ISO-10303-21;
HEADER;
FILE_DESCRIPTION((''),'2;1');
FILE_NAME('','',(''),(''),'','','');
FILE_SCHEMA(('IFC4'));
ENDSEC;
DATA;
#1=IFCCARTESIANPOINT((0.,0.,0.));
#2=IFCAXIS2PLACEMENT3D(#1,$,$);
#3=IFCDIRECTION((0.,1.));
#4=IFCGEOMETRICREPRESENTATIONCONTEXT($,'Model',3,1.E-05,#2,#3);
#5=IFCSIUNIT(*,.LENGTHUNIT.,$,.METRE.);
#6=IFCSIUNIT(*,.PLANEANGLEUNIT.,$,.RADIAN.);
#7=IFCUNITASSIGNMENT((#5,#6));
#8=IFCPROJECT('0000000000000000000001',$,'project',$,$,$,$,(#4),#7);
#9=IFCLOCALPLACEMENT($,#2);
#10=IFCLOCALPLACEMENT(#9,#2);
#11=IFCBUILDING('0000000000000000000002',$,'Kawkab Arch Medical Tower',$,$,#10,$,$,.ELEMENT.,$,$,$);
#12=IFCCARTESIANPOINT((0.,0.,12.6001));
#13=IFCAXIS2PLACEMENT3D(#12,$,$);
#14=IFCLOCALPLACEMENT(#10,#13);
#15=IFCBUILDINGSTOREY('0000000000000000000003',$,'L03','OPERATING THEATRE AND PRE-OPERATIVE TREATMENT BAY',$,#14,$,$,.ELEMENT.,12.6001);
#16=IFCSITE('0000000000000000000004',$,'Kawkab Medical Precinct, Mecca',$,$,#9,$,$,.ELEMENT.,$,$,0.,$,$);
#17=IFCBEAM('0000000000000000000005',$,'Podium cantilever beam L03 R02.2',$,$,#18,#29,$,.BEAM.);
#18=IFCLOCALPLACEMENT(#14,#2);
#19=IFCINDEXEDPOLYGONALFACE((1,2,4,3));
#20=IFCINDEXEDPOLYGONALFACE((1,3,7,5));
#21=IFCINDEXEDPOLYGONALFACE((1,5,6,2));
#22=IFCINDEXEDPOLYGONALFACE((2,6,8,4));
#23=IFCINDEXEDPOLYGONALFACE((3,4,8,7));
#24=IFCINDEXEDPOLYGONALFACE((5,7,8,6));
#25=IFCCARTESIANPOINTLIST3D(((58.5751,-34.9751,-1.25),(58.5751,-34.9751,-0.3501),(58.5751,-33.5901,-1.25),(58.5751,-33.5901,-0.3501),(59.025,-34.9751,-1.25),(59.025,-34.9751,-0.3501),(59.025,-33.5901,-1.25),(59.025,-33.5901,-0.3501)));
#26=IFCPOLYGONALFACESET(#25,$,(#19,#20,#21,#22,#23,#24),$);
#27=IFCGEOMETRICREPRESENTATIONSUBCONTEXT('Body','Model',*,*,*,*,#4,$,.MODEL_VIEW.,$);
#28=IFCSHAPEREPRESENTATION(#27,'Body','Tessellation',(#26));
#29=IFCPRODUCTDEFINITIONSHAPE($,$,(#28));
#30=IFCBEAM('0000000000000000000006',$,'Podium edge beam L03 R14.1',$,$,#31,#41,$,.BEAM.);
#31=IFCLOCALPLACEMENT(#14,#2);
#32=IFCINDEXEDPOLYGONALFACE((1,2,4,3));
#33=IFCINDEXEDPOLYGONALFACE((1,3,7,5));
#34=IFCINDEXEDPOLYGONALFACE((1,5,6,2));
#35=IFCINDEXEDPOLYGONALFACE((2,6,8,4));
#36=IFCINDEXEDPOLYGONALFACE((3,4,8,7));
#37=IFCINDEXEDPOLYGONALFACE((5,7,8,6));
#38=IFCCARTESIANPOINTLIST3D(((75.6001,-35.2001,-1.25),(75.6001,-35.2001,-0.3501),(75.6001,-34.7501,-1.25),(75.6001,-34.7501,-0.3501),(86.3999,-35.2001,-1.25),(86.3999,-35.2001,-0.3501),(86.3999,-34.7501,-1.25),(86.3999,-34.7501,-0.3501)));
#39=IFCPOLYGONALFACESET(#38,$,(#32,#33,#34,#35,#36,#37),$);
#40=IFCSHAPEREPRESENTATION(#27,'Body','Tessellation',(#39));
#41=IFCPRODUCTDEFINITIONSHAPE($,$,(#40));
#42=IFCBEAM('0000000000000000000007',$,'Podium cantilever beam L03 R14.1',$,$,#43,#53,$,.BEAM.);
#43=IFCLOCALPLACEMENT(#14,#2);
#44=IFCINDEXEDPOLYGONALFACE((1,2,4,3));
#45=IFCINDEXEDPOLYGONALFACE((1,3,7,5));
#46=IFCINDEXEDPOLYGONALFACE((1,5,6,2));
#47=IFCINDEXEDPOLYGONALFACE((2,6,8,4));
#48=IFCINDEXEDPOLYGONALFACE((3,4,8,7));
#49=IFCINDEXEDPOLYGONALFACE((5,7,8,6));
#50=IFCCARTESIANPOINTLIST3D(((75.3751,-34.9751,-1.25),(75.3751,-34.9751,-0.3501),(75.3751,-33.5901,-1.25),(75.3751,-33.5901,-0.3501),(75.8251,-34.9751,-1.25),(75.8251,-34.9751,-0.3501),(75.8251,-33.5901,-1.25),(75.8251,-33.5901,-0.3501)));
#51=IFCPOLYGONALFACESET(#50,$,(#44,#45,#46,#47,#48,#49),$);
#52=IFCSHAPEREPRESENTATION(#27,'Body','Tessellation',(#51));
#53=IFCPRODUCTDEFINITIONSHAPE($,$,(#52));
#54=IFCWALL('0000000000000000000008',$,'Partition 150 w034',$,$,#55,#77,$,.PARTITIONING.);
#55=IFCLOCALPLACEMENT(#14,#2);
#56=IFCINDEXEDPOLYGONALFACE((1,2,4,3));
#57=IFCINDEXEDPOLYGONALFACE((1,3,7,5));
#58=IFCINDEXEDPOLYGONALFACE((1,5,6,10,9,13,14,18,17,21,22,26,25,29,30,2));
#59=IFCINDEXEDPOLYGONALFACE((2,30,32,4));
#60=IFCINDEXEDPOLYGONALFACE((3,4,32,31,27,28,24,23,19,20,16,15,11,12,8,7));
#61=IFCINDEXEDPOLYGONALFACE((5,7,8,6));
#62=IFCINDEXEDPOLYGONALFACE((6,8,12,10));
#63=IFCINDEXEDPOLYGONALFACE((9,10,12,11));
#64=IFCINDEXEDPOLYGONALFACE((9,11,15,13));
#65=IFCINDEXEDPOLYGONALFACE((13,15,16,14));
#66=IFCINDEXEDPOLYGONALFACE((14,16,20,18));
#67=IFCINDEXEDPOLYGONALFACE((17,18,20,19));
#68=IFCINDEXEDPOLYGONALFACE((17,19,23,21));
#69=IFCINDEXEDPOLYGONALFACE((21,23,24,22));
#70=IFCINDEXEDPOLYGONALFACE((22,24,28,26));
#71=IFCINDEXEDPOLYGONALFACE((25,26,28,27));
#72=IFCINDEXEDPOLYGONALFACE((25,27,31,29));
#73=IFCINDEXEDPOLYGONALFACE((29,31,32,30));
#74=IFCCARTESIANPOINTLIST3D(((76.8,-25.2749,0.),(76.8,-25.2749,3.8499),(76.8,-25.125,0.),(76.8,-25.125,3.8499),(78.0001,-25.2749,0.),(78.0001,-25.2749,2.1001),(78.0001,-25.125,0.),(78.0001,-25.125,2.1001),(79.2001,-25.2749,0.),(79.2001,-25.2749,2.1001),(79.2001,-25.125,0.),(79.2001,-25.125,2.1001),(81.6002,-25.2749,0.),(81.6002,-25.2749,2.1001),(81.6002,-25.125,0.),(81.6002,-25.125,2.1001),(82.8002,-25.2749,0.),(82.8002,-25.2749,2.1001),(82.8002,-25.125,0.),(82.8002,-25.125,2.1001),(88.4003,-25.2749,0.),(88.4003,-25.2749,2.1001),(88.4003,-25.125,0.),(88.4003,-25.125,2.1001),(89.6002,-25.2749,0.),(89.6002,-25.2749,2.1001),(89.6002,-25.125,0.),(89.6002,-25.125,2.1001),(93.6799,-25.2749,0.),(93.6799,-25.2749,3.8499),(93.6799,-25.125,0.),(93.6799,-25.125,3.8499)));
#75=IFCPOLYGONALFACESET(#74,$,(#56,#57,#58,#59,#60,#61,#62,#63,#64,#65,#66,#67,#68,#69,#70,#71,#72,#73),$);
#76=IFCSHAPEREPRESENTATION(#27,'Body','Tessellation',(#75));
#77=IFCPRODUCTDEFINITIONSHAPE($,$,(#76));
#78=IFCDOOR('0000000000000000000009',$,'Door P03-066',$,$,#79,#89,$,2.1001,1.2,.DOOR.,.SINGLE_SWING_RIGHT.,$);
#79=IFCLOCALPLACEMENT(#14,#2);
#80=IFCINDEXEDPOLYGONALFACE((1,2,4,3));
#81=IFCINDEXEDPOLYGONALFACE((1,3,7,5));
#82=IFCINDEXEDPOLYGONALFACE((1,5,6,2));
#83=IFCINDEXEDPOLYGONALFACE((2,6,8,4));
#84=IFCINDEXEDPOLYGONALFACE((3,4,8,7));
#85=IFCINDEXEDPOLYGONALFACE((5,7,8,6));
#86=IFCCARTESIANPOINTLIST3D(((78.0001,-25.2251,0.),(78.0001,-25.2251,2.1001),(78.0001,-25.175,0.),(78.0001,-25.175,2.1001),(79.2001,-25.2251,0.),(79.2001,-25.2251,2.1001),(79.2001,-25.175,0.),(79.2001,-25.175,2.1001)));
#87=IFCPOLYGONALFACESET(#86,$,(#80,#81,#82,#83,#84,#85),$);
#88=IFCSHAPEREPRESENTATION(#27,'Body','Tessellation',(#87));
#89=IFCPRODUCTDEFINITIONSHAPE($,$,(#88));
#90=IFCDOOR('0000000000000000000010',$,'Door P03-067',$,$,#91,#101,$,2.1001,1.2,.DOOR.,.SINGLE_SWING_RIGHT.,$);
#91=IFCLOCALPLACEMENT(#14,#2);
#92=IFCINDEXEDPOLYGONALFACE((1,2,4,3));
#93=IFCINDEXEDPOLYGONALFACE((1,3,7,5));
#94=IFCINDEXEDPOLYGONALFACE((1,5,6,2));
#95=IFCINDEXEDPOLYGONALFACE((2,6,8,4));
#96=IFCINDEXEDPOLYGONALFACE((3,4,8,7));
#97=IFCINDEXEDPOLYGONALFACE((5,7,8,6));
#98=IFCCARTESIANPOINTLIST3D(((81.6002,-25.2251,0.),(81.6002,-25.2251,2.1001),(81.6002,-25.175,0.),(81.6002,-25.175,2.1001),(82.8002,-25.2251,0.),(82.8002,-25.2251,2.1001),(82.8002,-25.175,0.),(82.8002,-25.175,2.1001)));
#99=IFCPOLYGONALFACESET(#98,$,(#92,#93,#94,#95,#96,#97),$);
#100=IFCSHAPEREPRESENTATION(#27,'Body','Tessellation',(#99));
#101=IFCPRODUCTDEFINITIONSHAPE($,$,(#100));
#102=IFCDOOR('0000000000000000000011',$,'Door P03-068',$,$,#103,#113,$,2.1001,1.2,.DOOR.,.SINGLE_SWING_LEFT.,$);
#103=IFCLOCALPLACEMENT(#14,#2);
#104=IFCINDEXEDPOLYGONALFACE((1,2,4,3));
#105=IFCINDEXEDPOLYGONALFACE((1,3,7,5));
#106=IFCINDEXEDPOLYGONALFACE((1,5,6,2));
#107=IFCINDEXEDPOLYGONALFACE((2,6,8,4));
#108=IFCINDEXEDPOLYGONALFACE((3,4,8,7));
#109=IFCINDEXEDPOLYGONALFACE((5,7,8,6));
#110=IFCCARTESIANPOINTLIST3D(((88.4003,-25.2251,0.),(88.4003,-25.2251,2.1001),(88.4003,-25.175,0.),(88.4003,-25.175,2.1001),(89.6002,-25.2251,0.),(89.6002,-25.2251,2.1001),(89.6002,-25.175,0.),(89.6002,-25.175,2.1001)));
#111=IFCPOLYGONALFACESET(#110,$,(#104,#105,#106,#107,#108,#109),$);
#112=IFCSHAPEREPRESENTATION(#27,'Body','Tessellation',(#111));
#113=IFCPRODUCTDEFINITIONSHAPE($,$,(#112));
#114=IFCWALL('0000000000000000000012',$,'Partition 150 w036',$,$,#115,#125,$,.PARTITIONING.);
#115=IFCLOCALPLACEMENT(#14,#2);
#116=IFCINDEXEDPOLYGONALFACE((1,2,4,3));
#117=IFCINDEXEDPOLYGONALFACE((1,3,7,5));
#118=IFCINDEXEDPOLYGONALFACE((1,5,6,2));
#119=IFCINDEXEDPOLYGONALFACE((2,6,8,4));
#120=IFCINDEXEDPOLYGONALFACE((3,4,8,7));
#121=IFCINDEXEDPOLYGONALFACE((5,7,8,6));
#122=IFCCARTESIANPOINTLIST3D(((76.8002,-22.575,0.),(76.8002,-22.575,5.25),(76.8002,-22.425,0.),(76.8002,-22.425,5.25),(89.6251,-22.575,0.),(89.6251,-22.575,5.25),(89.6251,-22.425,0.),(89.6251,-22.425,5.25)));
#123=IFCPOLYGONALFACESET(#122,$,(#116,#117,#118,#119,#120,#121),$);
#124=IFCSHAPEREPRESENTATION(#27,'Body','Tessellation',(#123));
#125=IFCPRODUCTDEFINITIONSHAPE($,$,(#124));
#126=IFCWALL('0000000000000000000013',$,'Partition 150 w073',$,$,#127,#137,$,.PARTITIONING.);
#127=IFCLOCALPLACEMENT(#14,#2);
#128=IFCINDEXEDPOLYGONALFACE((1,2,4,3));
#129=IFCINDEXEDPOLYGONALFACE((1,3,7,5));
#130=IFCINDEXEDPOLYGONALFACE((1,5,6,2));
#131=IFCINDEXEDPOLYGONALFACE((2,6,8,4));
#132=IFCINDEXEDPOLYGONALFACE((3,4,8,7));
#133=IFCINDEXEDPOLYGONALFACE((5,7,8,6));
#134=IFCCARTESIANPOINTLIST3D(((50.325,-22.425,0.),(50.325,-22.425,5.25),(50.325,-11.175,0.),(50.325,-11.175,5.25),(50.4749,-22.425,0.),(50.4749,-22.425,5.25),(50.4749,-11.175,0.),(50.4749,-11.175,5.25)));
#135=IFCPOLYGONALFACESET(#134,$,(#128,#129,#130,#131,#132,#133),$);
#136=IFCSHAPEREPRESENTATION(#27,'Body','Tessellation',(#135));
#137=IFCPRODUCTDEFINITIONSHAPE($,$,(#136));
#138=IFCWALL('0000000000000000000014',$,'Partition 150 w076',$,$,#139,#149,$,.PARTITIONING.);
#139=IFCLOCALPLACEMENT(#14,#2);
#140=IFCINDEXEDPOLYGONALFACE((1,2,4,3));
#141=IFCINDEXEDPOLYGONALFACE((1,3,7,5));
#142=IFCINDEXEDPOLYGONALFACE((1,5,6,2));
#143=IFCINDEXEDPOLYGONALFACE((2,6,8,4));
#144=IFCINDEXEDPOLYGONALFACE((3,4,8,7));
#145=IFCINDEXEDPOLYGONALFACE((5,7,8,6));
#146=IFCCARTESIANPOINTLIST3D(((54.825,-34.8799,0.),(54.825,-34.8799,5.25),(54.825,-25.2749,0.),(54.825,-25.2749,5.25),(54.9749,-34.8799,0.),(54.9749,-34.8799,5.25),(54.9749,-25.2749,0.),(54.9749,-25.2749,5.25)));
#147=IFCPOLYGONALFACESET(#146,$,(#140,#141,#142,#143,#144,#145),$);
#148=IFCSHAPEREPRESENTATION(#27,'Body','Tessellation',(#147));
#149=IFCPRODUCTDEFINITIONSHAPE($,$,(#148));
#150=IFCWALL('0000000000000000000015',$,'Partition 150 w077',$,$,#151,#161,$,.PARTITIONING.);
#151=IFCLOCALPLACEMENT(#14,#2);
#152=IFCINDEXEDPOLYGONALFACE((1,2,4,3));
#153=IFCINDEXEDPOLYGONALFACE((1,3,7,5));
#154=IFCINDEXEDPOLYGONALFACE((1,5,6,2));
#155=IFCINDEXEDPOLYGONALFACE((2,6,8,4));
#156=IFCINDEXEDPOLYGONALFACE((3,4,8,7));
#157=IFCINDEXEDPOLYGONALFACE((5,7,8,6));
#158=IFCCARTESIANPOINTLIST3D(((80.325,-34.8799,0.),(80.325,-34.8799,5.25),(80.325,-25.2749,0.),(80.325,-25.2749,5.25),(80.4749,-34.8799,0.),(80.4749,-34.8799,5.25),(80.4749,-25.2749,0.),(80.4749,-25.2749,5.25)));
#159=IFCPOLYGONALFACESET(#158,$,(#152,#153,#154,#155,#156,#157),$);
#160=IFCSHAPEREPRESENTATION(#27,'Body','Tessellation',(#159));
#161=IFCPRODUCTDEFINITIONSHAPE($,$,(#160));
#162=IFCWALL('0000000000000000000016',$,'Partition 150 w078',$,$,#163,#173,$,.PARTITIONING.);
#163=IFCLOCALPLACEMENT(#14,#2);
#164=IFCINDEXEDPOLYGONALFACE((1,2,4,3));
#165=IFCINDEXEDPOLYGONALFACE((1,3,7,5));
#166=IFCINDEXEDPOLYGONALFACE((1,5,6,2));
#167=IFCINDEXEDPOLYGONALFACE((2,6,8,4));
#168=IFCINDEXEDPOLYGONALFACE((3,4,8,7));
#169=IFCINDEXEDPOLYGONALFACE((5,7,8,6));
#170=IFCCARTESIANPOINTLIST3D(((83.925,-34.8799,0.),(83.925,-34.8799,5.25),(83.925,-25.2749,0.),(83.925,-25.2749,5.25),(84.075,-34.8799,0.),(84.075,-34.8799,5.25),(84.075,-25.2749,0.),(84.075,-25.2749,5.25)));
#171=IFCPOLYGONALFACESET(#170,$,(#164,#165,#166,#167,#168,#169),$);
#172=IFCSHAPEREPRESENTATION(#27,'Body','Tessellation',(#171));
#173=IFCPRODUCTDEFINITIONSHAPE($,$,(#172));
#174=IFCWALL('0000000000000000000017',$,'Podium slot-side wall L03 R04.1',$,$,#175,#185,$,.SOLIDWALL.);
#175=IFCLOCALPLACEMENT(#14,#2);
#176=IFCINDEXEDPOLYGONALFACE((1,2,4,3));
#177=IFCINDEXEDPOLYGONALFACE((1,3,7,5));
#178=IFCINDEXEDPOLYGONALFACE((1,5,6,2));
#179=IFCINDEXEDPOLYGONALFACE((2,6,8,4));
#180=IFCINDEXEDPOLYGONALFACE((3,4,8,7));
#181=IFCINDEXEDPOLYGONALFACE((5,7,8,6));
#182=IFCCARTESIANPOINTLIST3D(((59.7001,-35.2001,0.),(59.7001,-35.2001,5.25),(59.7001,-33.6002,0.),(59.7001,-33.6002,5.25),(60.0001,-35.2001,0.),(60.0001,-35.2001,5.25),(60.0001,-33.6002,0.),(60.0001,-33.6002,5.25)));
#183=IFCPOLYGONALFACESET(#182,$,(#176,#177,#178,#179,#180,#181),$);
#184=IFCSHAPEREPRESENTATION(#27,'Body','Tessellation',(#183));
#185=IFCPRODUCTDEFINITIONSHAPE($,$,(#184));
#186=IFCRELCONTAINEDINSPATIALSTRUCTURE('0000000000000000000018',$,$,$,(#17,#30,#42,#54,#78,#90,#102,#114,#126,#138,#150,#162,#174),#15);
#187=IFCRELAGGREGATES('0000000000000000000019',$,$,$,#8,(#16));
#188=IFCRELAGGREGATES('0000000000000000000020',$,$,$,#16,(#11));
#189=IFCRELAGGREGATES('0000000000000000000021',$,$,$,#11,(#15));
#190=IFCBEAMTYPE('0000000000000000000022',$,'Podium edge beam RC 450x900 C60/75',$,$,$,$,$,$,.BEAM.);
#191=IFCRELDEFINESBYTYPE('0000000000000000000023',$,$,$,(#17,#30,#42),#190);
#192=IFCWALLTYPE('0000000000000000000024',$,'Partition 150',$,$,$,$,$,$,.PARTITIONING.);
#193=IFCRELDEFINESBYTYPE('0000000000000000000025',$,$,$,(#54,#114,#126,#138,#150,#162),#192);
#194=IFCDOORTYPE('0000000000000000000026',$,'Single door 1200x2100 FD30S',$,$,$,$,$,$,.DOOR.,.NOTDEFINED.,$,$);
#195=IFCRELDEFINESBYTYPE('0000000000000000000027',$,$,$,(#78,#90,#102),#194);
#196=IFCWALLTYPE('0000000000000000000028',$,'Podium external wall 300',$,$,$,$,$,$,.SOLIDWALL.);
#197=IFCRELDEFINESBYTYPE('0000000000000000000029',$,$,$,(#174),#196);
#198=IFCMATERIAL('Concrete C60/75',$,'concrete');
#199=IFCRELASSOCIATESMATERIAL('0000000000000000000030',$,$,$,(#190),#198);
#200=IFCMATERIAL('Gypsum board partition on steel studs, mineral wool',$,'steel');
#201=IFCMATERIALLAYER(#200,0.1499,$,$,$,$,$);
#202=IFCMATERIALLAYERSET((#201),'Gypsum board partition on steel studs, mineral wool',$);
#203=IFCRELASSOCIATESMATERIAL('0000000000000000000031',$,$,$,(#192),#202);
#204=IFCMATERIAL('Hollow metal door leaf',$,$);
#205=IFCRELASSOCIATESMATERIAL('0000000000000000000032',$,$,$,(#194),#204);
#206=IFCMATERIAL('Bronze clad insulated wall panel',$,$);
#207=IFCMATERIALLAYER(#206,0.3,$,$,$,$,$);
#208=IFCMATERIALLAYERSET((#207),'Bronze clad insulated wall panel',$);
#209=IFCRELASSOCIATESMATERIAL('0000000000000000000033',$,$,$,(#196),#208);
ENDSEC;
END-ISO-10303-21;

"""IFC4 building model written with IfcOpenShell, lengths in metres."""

from ifc_helpers import new_model, si_unit, direction, frame, frame_2d, origin, origin_2d, place, context, subcontext, project, spatial, rectangle, extrude, material, layer, layer_set, material_profile, profile_set, type_object, element, fill, save


model = new_model("IFC4")

# Units and contexts
model_context = context("Model", 3, precision=1e-05, world=origin(), true_north=direction((0.0, 1.0)))
body_context = subcontext(model_context, "Body", "Model", "MODEL_VIEW")
ifc_project = project(units=[si_unit("LENGTHUNIT", "METRE"), si_unit("PLANEANGLEUNIT", "RADIAN")], contexts=[model_context])

# Site, building, storey
site_placement = place(None, origin())
site = spatial("IfcSite", under=ifc_project, at=site_placement, Name="Kawkab Medical Precinct, Mecca", CompositionType="ELEMENT", RefElevation=0.0)
building_placement = place(site_placement, origin())
building = spatial("IfcBuilding", under=site, at=building_placement, Name="Kawkab Arch Medical Tower", CompositionType="ELEMENT")
storey_placement = place(building_placement, frame((0.0, 0.0, 12.6001)))
storey = spatial("IfcBuildingStorey", under=building, at=storey_placement, Name="L03", Description="OPERATING THEATRE AND PRE-OPERATIVE TREATMENT BAY", CompositionType="ELEMENT", Elevation=12.6001)

# Beams
ifc_material_1 = material(Name="Concrete C60/75", Category="concrete")
ifc_material_profile = material_profile(ifc_material_1, rectangle(XDim=0.45, YDim=0.8999, at=origin_2d()), Name="RC 450x900")
ifc_profile_set = profile_set([ifc_material_profile], Name="Concrete C60/75")
beam_type = type_object("IfcBeamType", Name="Podium edge beam RC 450x900 C60/75", PredefinedType="BEAM", material=ifc_profile_set)
beam_1_placement = place(storey_placement, frame((58.8, -33.5901, -0.8), z_axis=(0.0, -1.0, 0.0), x_axis=(1.0, 0.0, 0.0)))
element("IfcBeam", 1, at=beam_1_placement, inside=storey, type_object=beam_type, Name="Podium cantilever beam L03 R02.2", PredefinedType="BEAM", context=body_context, shape_type="SweptSolid", body=[
    extrude(rectangle(XDim=0.45, YDim=0.8999, at=origin_2d()), origin(), (0.0, 0.0, 1.0), 1.385),
])
beam_2_placement = place(storey_placement, frame((75.6001, -34.9751, -0.8), z_axis=(1.0, 0.0, 0.0), x_axis=(0.0, 1.0, 0.0)))
element("IfcBeam", 2, at=beam_2_placement, inside=storey, type_object=beam_type, Name="Podium edge beam L03 R14.1", PredefinedType="BEAM", context=body_context, shape_type="SweptSolid", body=[
    extrude(rectangle(XDim=0.45, YDim=0.8999, at=origin_2d()), origin(), (0.0, 0.0, 1.0), 10.7998),
])
beam_3_placement = place(storey_placement, frame((75.6001, -33.5901, -0.8), z_axis=(0.0, -1.0, 0.0), x_axis=(1.0, 0.0, 0.0)))
element("IfcBeam", 3, at=beam_3_placement, inside=storey, type_object=beam_type, Name="Podium cantilever beam L03 R14.1", PredefinedType="BEAM", context=body_context, shape_type="SweptSolid", body=[
    extrude(rectangle(XDim=0.45, YDim=0.8999, at=origin_2d()), origin(), (0.0, 0.0, 1.0), 1.385),
])

# Wall, openings, doors
ifc_material_2 = material(Name="Gypsum board partition on steel studs, mineral wool", Category="steel")
ifc_layer_1 = layer(ifc_material_2, 0.1499)
ifc_layer_set_1 = layer_set([ifc_layer_1], Name="Gypsum board partition on steel studs, mineral wool")
wall_type_1 = type_object("IfcWallType", Name="Partition 150", PredefinedType="PARTITIONING", material=ifc_layer_set_1)
wall_1_placement = place(storey_placement, frame((76.8, -25.2, 0.0), z_axis=(0.0, 0.0, 1.0), x_axis=(1.0, 0.0, 0.0)))
wall_1 = element("IfcWall", 4, at=wall_1_placement, inside=storey, type_object=wall_type_1, Name="Partition 150 w034", PredefinedType="PARTITIONING", context=body_context, shape_type="SweptSolid", body=[
    extrude(rectangle(XDim=16.8799, YDim=0.1499, at=frame_2d((8.4399, 0.0))), origin(), (0.0, 0.0, 1.0), 3.8499),
])
opening_1_placement = place(wall_1_placement, frame((1.2, 0.0, 0.0)))
opening_1 = element("IfcOpeningElement", 5, at=opening_1_placement, cuts=wall_1, PredefinedType="OPENING", context=body_context, shape_type="SweptSolid", body=[
    extrude(rectangle(XDim=1.2, YDim=2.1001, at=frame_2d((0.6001, 1.05))), frame((0.0, 0.085, 0.0), z_axis=(0.0, -1.0, 0.0), x_axis=(1.0, 0.0, 0.0)), (0.0, 0.0, 1.0), 0.1699),
])
opening_2_placement = place(wall_1_placement, frame((4.8, 0.0, 0.0)))
opening_2 = element("IfcOpeningElement", 6, at=opening_2_placement, cuts=wall_1, PredefinedType="OPENING", context=body_context, shape_type="SweptSolid", body=[
    extrude(rectangle(XDim=1.2, YDim=2.1001, at=frame_2d((0.6001, 1.05))), frame((0.0, 0.085, 0.0), z_axis=(0.0, -1.0, 0.0), x_axis=(1.0, 0.0, 0.0)), (0.0, 0.0, 1.0), 0.1699),
])
opening_3_placement = place(wall_1_placement, frame((11.6001, 0.0, 0.0)))
opening_3 = element("IfcOpeningElement", 7, at=opening_3_placement, cuts=wall_1, PredefinedType="OPENING", context=body_context, shape_type="SweptSolid", body=[
    extrude(rectangle(XDim=1.2, YDim=2.1001, at=frame_2d((0.6001, 1.05))), frame((0.0, 0.085, 0.0), z_axis=(0.0, -1.0, 0.0), x_axis=(1.0, 0.0, 0.0)), (0.0, 0.0, 1.0), 0.1699),
])
ifc_material_3 = material(Name="Hollow metal door leaf")
door_type = type_object("IfcDoorType", Name="Single door 1200x2100 FD30S", OperationType="NOTDEFINED", PredefinedType="DOOR", material=ifc_material_3)
door_1_placement = place(opening_1_placement, origin())
door_1 = element("IfcDoor", 8, at=door_1_placement, inside=storey, type_object=door_type, Name="Door P03-066", OperationType="SINGLE_SWING_RIGHT", OverallHeight=2.1001, OverallWidth=1.2, PredefinedType="DOOR", context=body_context, shape_type="SweptSolid", body=[
    extrude(rectangle(XDim=1.2, YDim=2.1001, at=frame_2d((0.6001, 1.05))), frame((0.0, 0.0249, 0.0), z_axis=(0.0, -1.0, 0.0), x_axis=(1.0, 0.0, 0.0)), (0.0, 0.0, 1.0), 0.05),
])
fill(opening_1, door_1)
door_2_placement = place(opening_2_placement, origin())
door_2 = element("IfcDoor", 9, at=door_2_placement, inside=storey, type_object=door_type, Name="Door P03-067", OperationType="SINGLE_SWING_RIGHT", OverallHeight=2.1001, OverallWidth=1.2, PredefinedType="DOOR", context=body_context, shape_type="SweptSolid", body=[
    extrude(rectangle(XDim=1.2, YDim=2.1001, at=frame_2d((0.6001, 1.05))), frame((0.0, 0.0249, 0.0), z_axis=(0.0, -1.0, 0.0), x_axis=(1.0, 0.0, 0.0)), (0.0, 0.0, 1.0), 0.05),
])
fill(opening_2, door_2)
door_3_placement = place(opening_3_placement, origin())
door_3 = element("IfcDoor", 10, at=door_3_placement, inside=storey, type_object=door_type, Name="Door P03-068", OperationType="SINGLE_SWING_LEFT", OverallHeight=2.1001, OverallWidth=1.2, PredefinedType="DOOR", context=body_context, shape_type="SweptSolid", body=[
    extrude(rectangle(XDim=1.2, YDim=2.1001, at=frame_2d((0.6001, 1.05))), frame((0.0, 0.0249, 0.0), z_axis=(0.0, -1.0, 0.0), x_axis=(1.0, 0.0, 0.0)), (0.0, 0.0, 1.0), 0.05),
])
fill(opening_3, door_3)

# Walls
wall_2_placement = place(storey_placement, frame((76.8, -22.5, 0.0), z_axis=(0.0, 0.0, 1.0), x_axis=(1.0, 0.0, 0.0)))
element("IfcWall", 11, at=wall_2_placement, inside=storey, type_object=wall_type_1, Name="Partition 150 w036", PredefinedType="PARTITIONING", context=body_context, shape_type="SweptSolid", body=[
    extrude(rectangle(XDim=12.825, YDim=0.1499, at=frame_2d((6.4126, 0.0))), origin(), (0.0, 0.0, 1.0), 5.25),
])
wall_3_placement = place(storey_placement, frame((50.3999, -22.425, 0.0), z_axis=(0.0, 0.0, 1.0), x_axis=(0.0, 1.0, 0.0)))
element("IfcWall", 12, at=wall_3_placement, inside=storey, type_object=wall_type_1, Name="Partition 150 w073", PredefinedType="PARTITIONING", context=body_context, shape_type="SweptSolid", body=[
    extrude(rectangle(XDim=11.25, YDim=0.1499, at=frame_2d((5.625, 0.0))), origin(), (0.0, 0.0, 1.0), 5.25),
])
for number, where, z_axis, x_axis, name in (
    (13, (54.8999, -34.8799, 0.0), (0.0, 0.0, 1.0), (0.0, 1.0, 0.0), "Partition 150 w076"),
    (14, (80.3999, -34.8799, 0.0), (0.0, 0.0, 1.0), (0.0, 1.0, 0.0), "Partition 150 w077"),
    (15, (84.0, -34.8799, 0.0), (0.0, 0.0, 1.0), (0.0, 1.0, 0.0), "Partition 150 w078"),
):
    element("IfcWall", number, at=place(storey_placement, frame(where, z_axis=z_axis, x_axis=x_axis)), inside=storey, type_object=wall_type_1, Name=name, PredefinedType="PARTITIONING", context=body_context, shape_type="SweptSolid", body=[
        extrude(rectangle(XDim=9.605, YDim=0.1499, at=frame_2d((4.8025, 0.0))), origin(), (0.0, 0.0, 1.0), 5.25),
    ])
ifc_material_4 = material(Name="Bronze clad insulated wall panel")
ifc_layer_2 = layer(ifc_material_4, 0.3)
ifc_layer_set_2 = layer_set([ifc_layer_2], Name="Bronze clad insulated wall panel")
wall_type_2 = type_object("IfcWallType", Name="Podium external wall 300", PredefinedType="SOLIDWALL", material=ifc_layer_set_2)
for number, where, z_axis, x_axis, name in (
    (16, (59.8501, -35.2, 0.0), (0.0, 0.0, 1.0), (0.0, 1.0, 0.0), "Podium slot-side wall L03 R04.1"),
):
    element("IfcWall", number, at=place(storey_placement, frame(where, z_axis=z_axis, x_axis=x_axis)), inside=storey, type_object=wall_type_2, Name=name, PredefinedType="SOLIDWALL", context=body_context, shape_type="SweptSolid", body=[
        extrude(rectangle(XDim=1.5999, YDim=0.3, at=frame_2d((0.7998, 0.0))), origin(), (0.0, 0.0, 1.0), 5.25),
    ])

save(model, "model.ifc")
